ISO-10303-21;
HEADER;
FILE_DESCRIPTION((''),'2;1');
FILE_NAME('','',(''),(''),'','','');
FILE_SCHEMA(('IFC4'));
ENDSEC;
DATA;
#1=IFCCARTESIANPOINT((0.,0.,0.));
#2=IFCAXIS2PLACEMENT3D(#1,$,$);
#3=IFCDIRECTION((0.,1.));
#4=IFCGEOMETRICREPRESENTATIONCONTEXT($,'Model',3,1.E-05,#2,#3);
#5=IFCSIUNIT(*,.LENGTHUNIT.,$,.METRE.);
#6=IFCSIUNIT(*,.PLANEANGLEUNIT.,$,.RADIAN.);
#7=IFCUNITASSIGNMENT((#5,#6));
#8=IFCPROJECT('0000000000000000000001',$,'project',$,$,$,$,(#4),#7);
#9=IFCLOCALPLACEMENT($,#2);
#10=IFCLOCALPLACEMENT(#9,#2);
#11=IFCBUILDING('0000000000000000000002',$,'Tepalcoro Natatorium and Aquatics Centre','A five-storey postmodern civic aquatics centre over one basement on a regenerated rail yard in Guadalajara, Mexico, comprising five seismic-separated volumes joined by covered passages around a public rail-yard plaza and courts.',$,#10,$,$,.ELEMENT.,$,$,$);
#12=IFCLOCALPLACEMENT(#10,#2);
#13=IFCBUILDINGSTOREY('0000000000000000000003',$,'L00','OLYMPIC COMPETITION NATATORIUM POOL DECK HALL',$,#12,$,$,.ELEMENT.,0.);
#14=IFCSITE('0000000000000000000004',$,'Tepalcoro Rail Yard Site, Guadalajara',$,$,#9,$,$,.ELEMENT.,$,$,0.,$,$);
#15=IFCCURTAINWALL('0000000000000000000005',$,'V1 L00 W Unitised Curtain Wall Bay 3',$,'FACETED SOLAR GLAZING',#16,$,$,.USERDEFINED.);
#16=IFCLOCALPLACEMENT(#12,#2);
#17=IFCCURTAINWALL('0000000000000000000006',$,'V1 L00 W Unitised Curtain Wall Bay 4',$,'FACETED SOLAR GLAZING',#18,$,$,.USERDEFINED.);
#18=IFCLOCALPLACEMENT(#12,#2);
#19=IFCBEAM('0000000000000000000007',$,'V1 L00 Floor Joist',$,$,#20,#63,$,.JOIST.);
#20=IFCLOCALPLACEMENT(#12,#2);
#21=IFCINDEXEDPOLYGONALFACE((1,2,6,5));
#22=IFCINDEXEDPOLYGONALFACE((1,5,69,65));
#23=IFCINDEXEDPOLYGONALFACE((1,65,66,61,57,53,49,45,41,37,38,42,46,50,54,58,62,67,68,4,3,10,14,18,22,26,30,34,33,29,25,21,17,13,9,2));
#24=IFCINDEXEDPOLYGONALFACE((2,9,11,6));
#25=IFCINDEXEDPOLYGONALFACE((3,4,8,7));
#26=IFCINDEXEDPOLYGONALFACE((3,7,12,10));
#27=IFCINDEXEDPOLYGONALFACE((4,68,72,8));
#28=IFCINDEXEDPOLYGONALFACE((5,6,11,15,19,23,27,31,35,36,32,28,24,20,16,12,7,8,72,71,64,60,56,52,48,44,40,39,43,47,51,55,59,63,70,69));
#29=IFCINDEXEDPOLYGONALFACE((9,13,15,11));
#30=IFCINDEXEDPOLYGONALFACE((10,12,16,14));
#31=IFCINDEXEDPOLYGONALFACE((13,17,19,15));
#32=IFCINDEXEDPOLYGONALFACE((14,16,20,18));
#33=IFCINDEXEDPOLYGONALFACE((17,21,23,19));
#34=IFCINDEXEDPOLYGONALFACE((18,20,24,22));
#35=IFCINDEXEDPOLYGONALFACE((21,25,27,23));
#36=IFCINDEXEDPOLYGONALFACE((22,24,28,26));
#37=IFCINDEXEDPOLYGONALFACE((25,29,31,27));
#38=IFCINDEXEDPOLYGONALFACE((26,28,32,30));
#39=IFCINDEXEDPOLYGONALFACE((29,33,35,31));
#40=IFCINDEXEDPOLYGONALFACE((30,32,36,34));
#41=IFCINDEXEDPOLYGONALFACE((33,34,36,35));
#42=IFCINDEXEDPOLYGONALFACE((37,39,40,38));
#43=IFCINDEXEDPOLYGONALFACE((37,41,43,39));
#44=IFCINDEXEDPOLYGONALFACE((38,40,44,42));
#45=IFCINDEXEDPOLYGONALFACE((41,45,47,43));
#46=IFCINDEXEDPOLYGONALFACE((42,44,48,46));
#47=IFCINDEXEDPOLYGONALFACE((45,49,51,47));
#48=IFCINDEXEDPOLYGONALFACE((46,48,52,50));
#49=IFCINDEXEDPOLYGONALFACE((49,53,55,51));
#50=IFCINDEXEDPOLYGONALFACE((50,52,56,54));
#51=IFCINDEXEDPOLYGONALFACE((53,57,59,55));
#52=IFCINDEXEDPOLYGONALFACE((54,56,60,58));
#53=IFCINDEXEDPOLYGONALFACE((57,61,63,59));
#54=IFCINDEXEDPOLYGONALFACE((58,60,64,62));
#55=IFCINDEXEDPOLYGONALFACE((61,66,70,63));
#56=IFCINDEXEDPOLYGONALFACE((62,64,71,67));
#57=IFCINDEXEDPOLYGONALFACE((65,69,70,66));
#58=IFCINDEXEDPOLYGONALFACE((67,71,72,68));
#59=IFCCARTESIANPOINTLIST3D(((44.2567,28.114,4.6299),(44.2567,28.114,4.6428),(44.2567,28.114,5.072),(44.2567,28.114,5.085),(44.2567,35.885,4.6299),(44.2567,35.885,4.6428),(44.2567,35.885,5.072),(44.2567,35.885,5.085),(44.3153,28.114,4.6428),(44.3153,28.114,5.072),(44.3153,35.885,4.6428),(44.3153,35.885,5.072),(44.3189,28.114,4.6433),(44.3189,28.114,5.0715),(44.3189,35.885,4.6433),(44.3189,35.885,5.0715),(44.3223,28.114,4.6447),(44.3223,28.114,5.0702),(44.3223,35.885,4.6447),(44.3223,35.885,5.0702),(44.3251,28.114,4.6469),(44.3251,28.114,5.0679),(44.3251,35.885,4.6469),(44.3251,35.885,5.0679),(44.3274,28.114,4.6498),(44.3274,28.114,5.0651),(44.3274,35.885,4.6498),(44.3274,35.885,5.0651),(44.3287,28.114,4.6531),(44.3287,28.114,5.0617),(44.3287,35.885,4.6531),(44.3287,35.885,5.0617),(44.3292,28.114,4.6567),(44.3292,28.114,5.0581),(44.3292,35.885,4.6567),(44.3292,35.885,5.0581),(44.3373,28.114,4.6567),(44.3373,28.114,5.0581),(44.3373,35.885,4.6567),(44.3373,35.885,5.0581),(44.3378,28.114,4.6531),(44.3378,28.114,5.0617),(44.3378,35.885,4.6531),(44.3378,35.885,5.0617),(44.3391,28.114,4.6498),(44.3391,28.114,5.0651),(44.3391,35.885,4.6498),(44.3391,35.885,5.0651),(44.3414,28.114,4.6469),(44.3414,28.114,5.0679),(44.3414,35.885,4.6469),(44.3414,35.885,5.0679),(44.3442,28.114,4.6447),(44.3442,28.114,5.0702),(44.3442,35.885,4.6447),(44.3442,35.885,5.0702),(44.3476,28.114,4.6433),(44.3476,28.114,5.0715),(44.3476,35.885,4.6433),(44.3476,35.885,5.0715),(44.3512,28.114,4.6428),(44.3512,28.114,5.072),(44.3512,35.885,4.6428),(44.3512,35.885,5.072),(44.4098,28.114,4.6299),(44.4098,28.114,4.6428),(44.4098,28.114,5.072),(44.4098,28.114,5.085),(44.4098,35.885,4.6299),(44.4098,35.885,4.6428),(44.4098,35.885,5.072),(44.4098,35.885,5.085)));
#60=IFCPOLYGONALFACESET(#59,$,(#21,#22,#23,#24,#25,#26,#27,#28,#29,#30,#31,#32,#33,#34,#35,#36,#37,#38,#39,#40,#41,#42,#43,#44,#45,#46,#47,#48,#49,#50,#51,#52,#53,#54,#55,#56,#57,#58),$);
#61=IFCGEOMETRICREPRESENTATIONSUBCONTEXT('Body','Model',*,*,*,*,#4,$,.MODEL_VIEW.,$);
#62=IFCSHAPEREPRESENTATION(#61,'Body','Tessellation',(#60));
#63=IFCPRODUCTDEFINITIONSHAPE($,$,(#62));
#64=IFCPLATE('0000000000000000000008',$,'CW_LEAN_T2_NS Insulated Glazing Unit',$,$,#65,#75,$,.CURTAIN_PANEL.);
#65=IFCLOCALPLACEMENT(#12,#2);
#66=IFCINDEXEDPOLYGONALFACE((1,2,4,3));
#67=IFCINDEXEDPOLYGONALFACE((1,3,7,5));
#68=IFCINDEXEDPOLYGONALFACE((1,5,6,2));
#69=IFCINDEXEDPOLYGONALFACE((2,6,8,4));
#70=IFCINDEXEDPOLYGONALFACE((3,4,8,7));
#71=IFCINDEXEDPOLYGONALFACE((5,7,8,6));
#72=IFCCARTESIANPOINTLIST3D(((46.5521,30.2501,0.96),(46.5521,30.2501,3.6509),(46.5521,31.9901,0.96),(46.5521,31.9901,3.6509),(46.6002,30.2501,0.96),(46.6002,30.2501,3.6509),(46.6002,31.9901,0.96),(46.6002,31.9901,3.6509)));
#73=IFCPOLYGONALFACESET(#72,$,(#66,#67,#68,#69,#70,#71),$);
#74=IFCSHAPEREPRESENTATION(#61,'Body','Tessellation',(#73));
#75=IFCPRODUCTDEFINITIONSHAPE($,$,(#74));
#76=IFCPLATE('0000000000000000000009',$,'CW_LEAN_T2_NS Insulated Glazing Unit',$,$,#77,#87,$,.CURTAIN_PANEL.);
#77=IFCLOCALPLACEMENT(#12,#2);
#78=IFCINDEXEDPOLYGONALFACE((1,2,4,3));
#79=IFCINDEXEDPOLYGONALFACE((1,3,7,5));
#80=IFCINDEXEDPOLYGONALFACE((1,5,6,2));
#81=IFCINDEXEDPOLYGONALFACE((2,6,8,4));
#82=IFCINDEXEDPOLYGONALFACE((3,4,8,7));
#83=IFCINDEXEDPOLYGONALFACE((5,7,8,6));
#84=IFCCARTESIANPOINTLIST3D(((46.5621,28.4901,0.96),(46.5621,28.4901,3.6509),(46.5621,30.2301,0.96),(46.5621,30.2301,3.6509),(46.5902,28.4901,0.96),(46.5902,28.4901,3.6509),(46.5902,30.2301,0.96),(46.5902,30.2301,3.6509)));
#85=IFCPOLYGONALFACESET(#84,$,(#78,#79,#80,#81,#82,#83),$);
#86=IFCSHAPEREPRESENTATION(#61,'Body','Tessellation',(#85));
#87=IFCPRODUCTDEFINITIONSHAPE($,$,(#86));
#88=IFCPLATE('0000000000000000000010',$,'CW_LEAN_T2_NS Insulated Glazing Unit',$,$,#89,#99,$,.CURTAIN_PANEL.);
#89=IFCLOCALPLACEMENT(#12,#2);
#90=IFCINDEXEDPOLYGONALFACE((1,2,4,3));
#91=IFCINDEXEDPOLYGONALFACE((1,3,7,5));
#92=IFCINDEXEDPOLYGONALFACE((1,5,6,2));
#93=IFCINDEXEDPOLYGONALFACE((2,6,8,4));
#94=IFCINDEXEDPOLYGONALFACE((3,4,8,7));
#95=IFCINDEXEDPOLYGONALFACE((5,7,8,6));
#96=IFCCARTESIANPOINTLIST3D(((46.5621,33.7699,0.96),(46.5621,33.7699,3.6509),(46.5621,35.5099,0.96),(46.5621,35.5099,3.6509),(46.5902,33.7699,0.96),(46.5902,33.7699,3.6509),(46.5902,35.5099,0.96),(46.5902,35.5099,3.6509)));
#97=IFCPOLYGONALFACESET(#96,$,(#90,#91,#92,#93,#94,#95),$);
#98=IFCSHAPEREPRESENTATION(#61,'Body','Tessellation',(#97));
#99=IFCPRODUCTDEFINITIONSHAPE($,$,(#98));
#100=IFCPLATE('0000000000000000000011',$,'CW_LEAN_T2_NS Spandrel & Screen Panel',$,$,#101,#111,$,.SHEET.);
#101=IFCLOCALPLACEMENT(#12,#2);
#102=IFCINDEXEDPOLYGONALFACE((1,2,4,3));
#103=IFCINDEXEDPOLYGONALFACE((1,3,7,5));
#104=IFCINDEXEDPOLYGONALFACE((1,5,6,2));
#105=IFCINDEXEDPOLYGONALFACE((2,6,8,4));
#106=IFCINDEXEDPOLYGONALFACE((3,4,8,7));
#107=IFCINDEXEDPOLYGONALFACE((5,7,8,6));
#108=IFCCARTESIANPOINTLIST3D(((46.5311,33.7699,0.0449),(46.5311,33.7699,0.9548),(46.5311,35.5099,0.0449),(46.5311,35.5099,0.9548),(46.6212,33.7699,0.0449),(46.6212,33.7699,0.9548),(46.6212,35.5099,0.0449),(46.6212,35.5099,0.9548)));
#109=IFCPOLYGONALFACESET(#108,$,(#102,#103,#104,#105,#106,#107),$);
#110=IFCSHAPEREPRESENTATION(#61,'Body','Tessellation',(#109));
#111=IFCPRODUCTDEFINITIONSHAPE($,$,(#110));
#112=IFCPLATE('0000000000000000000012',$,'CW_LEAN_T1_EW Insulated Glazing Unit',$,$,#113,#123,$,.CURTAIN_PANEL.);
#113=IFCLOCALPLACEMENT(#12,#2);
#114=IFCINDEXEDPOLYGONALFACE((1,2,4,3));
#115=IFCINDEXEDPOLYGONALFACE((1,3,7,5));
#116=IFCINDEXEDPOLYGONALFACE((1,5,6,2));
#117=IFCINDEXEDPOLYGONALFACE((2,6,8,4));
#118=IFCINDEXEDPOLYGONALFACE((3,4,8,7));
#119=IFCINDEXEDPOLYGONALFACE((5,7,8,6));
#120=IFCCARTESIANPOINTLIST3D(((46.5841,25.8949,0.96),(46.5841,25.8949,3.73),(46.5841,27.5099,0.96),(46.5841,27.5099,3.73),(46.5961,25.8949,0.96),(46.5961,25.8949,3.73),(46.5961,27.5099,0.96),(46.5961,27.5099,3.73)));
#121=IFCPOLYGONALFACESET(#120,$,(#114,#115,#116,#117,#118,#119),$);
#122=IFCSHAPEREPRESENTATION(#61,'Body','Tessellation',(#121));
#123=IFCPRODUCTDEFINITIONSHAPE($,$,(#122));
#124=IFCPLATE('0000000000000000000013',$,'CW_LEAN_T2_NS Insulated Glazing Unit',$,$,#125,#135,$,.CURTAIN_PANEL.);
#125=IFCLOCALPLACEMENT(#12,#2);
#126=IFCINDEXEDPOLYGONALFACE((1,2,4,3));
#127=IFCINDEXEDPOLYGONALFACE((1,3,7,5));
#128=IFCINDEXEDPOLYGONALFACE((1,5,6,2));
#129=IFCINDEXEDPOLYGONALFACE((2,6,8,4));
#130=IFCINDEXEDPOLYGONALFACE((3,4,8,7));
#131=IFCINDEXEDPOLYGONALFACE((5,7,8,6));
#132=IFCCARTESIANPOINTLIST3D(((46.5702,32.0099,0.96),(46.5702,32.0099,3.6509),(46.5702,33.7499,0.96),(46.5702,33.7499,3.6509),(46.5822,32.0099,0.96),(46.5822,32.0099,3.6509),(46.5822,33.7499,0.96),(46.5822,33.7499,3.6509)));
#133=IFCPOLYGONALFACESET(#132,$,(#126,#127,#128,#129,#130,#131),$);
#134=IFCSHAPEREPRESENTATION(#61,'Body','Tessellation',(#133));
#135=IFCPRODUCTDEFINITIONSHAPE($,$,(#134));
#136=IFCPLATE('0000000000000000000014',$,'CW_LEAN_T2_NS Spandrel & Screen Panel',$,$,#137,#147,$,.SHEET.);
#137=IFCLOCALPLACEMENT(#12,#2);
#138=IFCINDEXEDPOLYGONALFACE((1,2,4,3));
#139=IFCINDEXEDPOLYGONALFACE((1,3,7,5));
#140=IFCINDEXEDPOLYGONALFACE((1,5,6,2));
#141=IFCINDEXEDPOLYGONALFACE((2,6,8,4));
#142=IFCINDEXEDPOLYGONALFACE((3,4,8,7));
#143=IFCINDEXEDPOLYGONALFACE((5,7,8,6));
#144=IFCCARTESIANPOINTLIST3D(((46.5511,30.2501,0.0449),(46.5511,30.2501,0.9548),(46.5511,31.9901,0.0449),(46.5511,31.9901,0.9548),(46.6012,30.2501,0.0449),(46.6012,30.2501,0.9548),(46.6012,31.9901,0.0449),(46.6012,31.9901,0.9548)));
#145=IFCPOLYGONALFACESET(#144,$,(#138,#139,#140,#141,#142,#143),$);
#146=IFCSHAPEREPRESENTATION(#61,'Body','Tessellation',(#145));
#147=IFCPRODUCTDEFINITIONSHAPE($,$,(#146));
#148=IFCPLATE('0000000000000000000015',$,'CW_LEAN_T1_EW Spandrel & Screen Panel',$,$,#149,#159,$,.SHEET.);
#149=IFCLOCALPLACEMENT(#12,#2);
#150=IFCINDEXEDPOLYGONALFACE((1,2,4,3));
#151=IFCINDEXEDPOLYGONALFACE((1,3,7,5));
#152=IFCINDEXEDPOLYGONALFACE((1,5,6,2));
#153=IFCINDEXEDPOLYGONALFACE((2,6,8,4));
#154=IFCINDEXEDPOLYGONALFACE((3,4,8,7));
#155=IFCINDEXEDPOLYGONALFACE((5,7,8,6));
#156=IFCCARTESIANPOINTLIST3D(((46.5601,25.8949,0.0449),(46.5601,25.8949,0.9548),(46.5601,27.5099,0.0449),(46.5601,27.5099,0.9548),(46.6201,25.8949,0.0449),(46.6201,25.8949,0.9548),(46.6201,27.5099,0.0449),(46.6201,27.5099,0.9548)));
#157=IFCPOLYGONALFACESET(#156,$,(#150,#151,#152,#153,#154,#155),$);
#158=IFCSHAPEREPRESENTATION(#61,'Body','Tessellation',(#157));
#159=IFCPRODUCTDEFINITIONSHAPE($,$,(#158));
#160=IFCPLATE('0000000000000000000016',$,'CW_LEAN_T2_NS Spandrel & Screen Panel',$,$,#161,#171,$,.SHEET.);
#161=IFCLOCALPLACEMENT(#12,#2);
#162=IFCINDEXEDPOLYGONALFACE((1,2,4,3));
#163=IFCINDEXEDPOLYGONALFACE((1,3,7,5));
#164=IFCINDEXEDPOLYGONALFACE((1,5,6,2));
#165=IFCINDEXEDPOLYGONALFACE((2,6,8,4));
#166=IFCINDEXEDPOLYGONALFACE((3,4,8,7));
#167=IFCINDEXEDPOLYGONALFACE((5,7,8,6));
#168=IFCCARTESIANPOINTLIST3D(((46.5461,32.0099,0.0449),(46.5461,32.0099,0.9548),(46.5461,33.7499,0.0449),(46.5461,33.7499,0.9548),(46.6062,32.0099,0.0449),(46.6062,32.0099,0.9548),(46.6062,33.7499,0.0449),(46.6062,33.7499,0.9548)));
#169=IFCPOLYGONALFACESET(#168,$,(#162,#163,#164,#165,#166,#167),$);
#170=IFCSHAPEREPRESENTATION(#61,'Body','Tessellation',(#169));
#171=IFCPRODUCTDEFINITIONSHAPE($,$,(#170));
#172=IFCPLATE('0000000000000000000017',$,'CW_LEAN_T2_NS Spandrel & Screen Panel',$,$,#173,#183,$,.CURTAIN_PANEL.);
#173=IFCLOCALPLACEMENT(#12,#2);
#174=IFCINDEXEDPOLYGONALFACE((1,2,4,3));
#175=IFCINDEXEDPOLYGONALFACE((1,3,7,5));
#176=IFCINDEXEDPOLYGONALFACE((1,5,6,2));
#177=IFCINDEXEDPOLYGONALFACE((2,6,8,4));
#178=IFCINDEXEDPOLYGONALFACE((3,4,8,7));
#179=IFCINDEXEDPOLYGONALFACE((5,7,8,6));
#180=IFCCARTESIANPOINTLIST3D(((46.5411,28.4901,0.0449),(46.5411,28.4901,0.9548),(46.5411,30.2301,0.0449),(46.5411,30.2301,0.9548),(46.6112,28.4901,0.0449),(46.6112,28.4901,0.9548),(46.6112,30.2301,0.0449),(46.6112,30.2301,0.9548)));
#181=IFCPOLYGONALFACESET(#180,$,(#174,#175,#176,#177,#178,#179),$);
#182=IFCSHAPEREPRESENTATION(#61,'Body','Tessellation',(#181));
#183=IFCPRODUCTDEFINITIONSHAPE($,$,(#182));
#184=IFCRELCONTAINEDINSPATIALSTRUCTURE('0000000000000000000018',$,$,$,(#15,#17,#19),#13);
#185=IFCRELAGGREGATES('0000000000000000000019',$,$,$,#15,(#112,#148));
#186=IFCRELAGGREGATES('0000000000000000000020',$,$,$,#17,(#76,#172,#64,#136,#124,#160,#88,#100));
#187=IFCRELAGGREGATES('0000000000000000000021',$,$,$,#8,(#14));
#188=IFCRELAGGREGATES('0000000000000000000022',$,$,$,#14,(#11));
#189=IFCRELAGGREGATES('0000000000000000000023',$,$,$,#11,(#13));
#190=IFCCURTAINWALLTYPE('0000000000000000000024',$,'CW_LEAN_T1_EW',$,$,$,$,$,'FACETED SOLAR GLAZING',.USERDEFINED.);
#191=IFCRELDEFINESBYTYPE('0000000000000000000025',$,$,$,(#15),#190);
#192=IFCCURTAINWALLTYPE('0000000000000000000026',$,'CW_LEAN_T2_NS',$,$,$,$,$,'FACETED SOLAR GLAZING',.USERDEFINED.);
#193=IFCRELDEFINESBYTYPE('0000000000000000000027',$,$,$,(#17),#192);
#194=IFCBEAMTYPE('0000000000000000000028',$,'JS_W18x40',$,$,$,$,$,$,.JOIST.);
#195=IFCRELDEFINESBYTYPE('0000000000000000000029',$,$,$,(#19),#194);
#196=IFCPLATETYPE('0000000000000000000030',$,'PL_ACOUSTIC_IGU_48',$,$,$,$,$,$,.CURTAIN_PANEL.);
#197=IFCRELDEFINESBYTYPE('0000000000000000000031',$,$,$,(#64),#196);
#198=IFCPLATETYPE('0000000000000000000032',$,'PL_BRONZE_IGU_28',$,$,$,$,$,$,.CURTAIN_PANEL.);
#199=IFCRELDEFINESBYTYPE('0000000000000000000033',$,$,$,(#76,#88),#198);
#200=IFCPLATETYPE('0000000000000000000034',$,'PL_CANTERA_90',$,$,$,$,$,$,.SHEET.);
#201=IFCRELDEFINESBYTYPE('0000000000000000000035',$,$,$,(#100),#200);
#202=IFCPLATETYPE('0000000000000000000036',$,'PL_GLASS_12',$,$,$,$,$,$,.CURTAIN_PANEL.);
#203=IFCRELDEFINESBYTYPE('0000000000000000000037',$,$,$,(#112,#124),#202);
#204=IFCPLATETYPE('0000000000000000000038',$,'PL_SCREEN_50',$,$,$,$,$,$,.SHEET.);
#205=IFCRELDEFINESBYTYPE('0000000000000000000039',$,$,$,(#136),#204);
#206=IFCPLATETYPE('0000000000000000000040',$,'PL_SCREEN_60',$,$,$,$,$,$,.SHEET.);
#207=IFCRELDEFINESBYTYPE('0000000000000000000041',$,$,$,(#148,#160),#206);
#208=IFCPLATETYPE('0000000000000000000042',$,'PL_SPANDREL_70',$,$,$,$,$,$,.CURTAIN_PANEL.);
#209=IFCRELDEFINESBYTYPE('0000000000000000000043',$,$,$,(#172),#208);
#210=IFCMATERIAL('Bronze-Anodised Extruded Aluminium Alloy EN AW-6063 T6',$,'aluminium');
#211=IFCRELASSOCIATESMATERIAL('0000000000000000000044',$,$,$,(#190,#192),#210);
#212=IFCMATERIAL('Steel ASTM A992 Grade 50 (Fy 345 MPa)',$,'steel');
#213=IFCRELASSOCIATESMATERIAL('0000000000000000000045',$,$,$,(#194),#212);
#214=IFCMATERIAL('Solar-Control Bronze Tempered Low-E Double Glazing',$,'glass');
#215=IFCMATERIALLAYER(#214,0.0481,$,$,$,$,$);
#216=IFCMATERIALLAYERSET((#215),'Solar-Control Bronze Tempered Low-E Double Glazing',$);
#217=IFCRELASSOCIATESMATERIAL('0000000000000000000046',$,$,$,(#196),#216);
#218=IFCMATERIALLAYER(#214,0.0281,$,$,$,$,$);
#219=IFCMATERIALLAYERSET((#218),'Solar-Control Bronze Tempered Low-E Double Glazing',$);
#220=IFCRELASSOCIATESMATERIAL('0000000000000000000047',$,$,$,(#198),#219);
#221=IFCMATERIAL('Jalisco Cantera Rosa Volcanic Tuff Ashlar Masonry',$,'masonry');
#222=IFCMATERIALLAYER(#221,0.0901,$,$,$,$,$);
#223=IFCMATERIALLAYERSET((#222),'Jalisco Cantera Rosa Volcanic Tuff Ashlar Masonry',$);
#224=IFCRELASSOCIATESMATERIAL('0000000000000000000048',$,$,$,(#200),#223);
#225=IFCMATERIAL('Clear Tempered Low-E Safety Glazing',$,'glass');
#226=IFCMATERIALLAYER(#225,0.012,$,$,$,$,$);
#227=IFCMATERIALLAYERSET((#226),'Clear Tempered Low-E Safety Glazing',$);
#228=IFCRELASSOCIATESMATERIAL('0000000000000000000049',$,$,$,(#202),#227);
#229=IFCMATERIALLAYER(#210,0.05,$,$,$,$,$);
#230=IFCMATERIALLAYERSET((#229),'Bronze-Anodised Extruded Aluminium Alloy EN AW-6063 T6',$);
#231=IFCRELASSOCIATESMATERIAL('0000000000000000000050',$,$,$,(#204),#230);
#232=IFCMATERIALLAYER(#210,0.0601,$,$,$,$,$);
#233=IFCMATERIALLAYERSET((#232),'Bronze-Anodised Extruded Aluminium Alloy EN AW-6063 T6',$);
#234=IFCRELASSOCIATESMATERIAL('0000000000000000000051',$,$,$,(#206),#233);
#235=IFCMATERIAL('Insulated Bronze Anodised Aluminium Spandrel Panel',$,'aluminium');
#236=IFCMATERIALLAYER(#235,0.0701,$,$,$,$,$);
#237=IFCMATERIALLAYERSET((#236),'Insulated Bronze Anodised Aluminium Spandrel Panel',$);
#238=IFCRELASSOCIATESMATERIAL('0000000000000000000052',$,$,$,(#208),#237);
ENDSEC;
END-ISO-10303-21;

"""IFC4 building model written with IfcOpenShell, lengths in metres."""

from ifc_helpers import new_model, si_unit, direction, frame, origin, origin_2d, place, context, subcontext, project, spatial, rectangle, i_section, extrude, material, layer, layer_set, material_profile, profile_set, type_object, element, aggregate, save


model = new_model("IFC4")

# Units and contexts
model_context = context("Model", 3, precision=1e-05, world=origin(), true_north=direction((0.0, 1.0)))
body_context = subcontext(model_context, "Body", "Model", "MODEL_VIEW")
ifc_project = project(units=[si_unit("LENGTHUNIT", "METRE"), si_unit("PLANEANGLEUNIT", "RADIAN")], contexts=[model_context])

# Site, building, storey
site_placement = place(None, origin())
site = spatial("IfcSite", under=ifc_project, at=site_placement, Name="Tepalcoro Rail Yard Site, Guadalajara", CompositionType="ELEMENT", RefElevation=0.0)
building_placement = place(site_placement, origin())
building = spatial("IfcBuilding", under=site, at=building_placement, Name="Tepalcoro Natatorium and Aquatics Centre", Description="A five-storey postmodern civic aquatics centre over one basement on a regenerated rail yard in Guadalajara, Mexico, comprising five seismic-separated volumes joined by covered passages around a public rail-yard plaza and courts.", CompositionType="ELEMENT")
storey_placement = place(building_placement, origin())
storey = spatial("IfcBuildingStorey", under=building, at=storey_placement, Name="L00", Description="OLYMPIC COMPETITION NATATORIUM POOL DECK HALL", CompositionType="ELEMENT", Elevation=0.0)

# Shared definitions
ifc_material_1 = material(Name="Steel ASTM A992 Grade 50 (Fy 345 MPa)", Category="steel")

# Curtain walls
ifc_material_2 = material(Name="Bronze-Anodised Extruded Aluminium Alloy EN AW-6063 T6", Category="aluminium")
curtain_wall_type_1 = type_object("IfcCurtainWallType", Name="CW_LEAN_T1_EW", ElementType="FACETED SOLAR GLAZING", PredefinedType="USERDEFINED", material=ifc_material_2)
curtain_wall_1_placement = place(storey_placement, origin())
curtain_wall_1 = element("IfcCurtainWall", 1, at=curtain_wall_1_placement, inside=storey, type_object=curtain_wall_type_1, Name="V1 L00 W Unitised Curtain Wall Bay 3", ObjectType="FACETED SOLAR GLAZING", PredefinedType="USERDEFINED")
curtain_wall_type_2 = type_object("IfcCurtainWallType", Name="CW_LEAN_T2_NS", ElementType="FACETED SOLAR GLAZING", PredefinedType="USERDEFINED", material=ifc_material_2)
curtain_wall_2_placement = place(storey_placement, origin())
curtain_wall_2 = element("IfcCurtainWall", 2, at=curtain_wall_2_placement, inside=storey, type_object=curtain_wall_type_2, Name="V1 L00 W Unitised Curtain Wall Bay 4", ObjectType="FACETED SOLAR GLAZING", PredefinedType="USERDEFINED")

# Beam
ifc_material_profile_1 = material_profile(ifc_material_1, i_section(OverallWidth=0.1531, OverallDepth=0.4551, WebThickness=0.0081, FlangeThickness=0.0129, FilletRadius=0.0139, at=origin_2d()), Name="W18X40")
ifc_profile_set_1 = profile_set([ifc_material_profile_1], Name="Steel ASTM A992 Grade 50 (Fy 345 MPa)")
beam_type_1 = type_object("IfcBeamType", Name="JS_W18x40", PredefinedType="JOIST", material=ifc_profile_set_1)
beam_1_placement = place(storey_placement, frame((44.3333, 28.114, 4.8574), z_axis=(0.0, 1.0, 0.0), x_axis=(-1.0, 0.0, 0.0)))
element("IfcBeam", 3, at=beam_1_placement, inside=storey, type_object=beam_type_1, Name="V1 L00 Floor Joist", PredefinedType="JOIST", context=body_context, shape_type="SweptSolid", body=[
    extrude(i_section(OverallWidth=0.1531, OverallDepth=0.4551, WebThickness=0.0081, FlangeThickness=0.0129, FilletRadius=0.0139, at=origin_2d()), origin(), (0.0, 0.0, 1.0), 7.771),
])

# Plates
ifc_material_3 = material(Name="Solar-Control Bronze Tempered Low-E Double Glazing", Category="glass")
ifc_layer_1 = layer(ifc_material_3, 0.0481)
ifc_layer_set_1 = layer_set([ifc_layer_1], Name="Solar-Control Bronze Tempered Low-E Double Glazing")
plate_type_1 = type_object("IfcPlateType", Name="PL_ACOUSTIC_IGU_48", PredefinedType="CURTAIN_PANEL", material=ifc_layer_set_1)
plate_1_placement = place(storey_placement, frame((46.5762, 31.1201, 0.96), z_axis=(0.0, 0.0, 1.0), x_axis=(1.0, 0.0, 0.0)))
plate_1 = element("IfcPlate", 4, at=plate_1_placement, type_object=plate_type_1, Name="CW_LEAN_T2_NS Insulated Glazing Unit", PredefinedType="CURTAIN_PANEL", context=body_context, shape_type="SweptSolid", body=[
    extrude(rectangle(XDim=0.0481, YDim=1.74, at=origin_2d()), origin(), (0.0, 0.0, 1.0), 2.6909),
])
ifc_layer_2 = layer(ifc_material_3, 0.0281)
ifc_layer_set_2 = layer_set([ifc_layer_2], Name="Solar-Control Bronze Tempered Low-E Double Glazing")
plate_type_2 = type_object("IfcPlateType", Name="PL_BRONZE_IGU_28", PredefinedType="CURTAIN_PANEL", material=ifc_layer_set_2)
plate_2_placement = place(storey_placement, frame((46.5762, 29.3601, 0.96), z_axis=(0.0, 0.0, 1.0), x_axis=(1.0, 0.0, 0.0)))
plate_2 = element("IfcPlate", 5, at=plate_2_placement, type_object=plate_type_2, Name="CW_LEAN_T2_NS Insulated Glazing Unit", PredefinedType="CURTAIN_PANEL", context=body_context, shape_type="SweptSolid", body=[
    extrude(rectangle(XDim=0.0281, YDim=1.74, at=origin_2d()), origin(), (0.0, 0.0, 1.0), 2.6909),
])
plate_3_placement = place(storey_placement, frame((46.5762, 34.6399, 0.96), z_axis=(0.0, 0.0, 1.0), x_axis=(1.0, 0.0, 0.0)))
plate_3 = element("IfcPlate", 6, at=plate_3_placement, type_object=plate_type_2, Name="CW_LEAN_T2_NS Insulated Glazing Unit", PredefinedType="CURTAIN_PANEL", context=body_context, shape_type="SweptSolid", body=[
    extrude(rectangle(XDim=0.0281, YDim=1.74, at=origin_2d()), origin(), (0.0, 0.0, 1.0), 2.6909),
])
ifc_material_4 = material(Name="Jalisco Cantera Rosa Volcanic Tuff Ashlar Masonry", Category="masonry")
ifc_layer_3 = layer(ifc_material_4, 0.0901)
ifc_layer_set_3 = layer_set([ifc_layer_3], Name="Jalisco Cantera Rosa Volcanic Tuff Ashlar Masonry")
plate_type_3 = type_object("IfcPlateType", Name="PL_CANTERA_90", PredefinedType="SHEET", material=ifc_layer_set_3)
plate_4_placement = place(storey_placement, frame((46.5762, 34.6399, 0.0449), z_axis=(0.0, 0.0, 1.0), x_axis=(1.0, 0.0, 0.0)))
plate_4 = element("IfcPlate", 7, at=plate_4_placement, type_object=plate_type_3, Name="CW_LEAN_T2_NS Spandrel & Screen Panel", PredefinedType="SHEET", context=body_context, shape_type="SweptSolid", body=[
    extrude(rectangle(XDim=0.0901, YDim=1.74, at=origin_2d()), origin(), (0.0, 0.0, 1.0), 0.9099),
])
ifc_material_5 = material(Name="Clear Tempered Low-E Safety Glazing", Category="glass")
ifc_layer_4 = layer(ifc_material_5, 0.012)
ifc_layer_set_4 = layer_set([ifc_layer_4], Name="Clear Tempered Low-E Safety Glazing")
plate_type_4 = type_object("IfcPlateType", Name="PL_GLASS_12", PredefinedType="CURTAIN_PANEL", material=ifc_layer_set_4)
plate_5_placement = place(storey_placement, frame((46.5901, 26.7024, 0.96), z_axis=(0.0, 0.0, 1.0), x_axis=(1.0, 0.0, 0.0)))
plate_5 = element("IfcPlate", 8, at=plate_5_placement, type_object=plate_type_4, Name="CW_LEAN_T1_EW Insulated Glazing Unit", PredefinedType="CURTAIN_PANEL", context=body_context, shape_type="SweptSolid", body=[
    extrude(rectangle(XDim=0.012, YDim=1.615, at=origin_2d()), origin(), (0.0, 0.0, 1.0), 2.77),
])
plate_6_placement = place(storey_placement, frame((46.5762, 32.8799, 0.96), z_axis=(0.0, 0.0, 1.0), x_axis=(1.0, 0.0, 0.0)))
plate_6 = element("IfcPlate", 9, at=plate_6_placement, type_object=plate_type_4, Name="CW_LEAN_T2_NS Insulated Glazing Unit", PredefinedType="CURTAIN_PANEL", context=body_context, shape_type="SweptSolid", body=[
    extrude(rectangle(XDim=0.012, YDim=1.74, at=origin_2d()), origin(), (0.0, 0.0, 1.0), 2.6909),
])
ifc_layer_5 = layer(ifc_material_2, 0.05)
ifc_layer_set_5 = layer_set([ifc_layer_5], Name="Bronze-Anodised Extruded Aluminium Alloy EN AW-6063 T6")
plate_type_5 = type_object("IfcPlateType", Name="PL_SCREEN_50", PredefinedType="SHEET", material=ifc_layer_set_5)
plate_7_placement = place(storey_placement, frame((46.5762, 31.1201, 0.0449), z_axis=(0.0, 0.0, 1.0), x_axis=(1.0, 0.0, 0.0)))
plate_7 = element("IfcPlate", 10, at=plate_7_placement, type_object=plate_type_5, Name="CW_LEAN_T2_NS Spandrel & Screen Panel", PredefinedType="SHEET", context=body_context, shape_type="SweptSolid", body=[
    extrude(rectangle(XDim=0.05, YDim=1.74, at=origin_2d()), origin(), (0.0, 0.0, 1.0), 0.9099),
])
ifc_layer_6 = layer(ifc_material_2, 0.0601)
ifc_layer_set_6 = layer_set([ifc_layer_6], Name="Bronze-Anodised Extruded Aluminium Alloy EN AW-6063 T6")
plate_type_6 = type_object("IfcPlateType", Name="PL_SCREEN_60", PredefinedType="SHEET", material=ifc_layer_set_6)
plate_8_placement = place(storey_placement, frame((46.5901, 26.7024, 0.0449), z_axis=(0.0, 0.0, 1.0), x_axis=(1.0, 0.0, 0.0)))
plate_8 = element("IfcPlate", 11, at=plate_8_placement, type_object=plate_type_6, Name="CW_LEAN_T1_EW Spandrel & Screen Panel", PredefinedType="SHEET", context=body_context, shape_type="SweptSolid", body=[
    extrude(rectangle(XDim=0.0601, YDim=1.615, at=origin_2d()), origin(), (0.0, 0.0, 1.0), 0.9099),
])
aggregate(curtain_wall_1, [plate_5, plate_8])
plate_9_placement = place(storey_placement, frame((46.5762, 32.8799, 0.0449), z_axis=(0.0, 0.0, 1.0), x_axis=(1.0, 0.0, 0.0)))
plate_9 = element("IfcPlate", 12, at=plate_9_placement, type_object=plate_type_6, Name="CW_LEAN_T2_NS Spandrel & Screen Panel", PredefinedType="SHEET", context=body_context, shape_type="SweptSolid", body=[
    extrude(rectangle(XDim=0.0601, YDim=1.74, at=origin_2d()), origin(), (0.0, 0.0, 1.0), 0.9099),
])
ifc_material_6 = material(Name="Insulated Bronze Anodised Aluminium Spandrel Panel", Category="aluminium")
ifc_layer_7 = layer(ifc_material_6, 0.0701)
ifc_layer_set_7 = layer_set([ifc_layer_7], Name="Insulated Bronze Anodised Aluminium Spandrel Panel")
plate_type_7 = type_object("IfcPlateType", Name="PL_SPANDREL_70", PredefinedType="CURTAIN_PANEL", material=ifc_layer_set_7)
plate_10_placement = place(storey_placement, frame((46.5762, 29.3601, 0.0449), z_axis=(0.0, 0.0, 1.0), x_axis=(1.0, 0.0, 0.0)))
plate_10 = element("IfcPlate", 13, at=plate_10_placement, type_object=plate_type_7, Name="CW_LEAN_T2_NS Spandrel & Screen Panel", PredefinedType="CURTAIN_PANEL", context=body_context, shape_type="SweptSolid", body=[
    extrude(rectangle(XDim=0.0701, YDim=1.74, at=origin_2d()), origin(), (0.0, 0.0, 1.0), 0.9099),
])
aggregate(curtain_wall_2, [plate_2, plate_10, plate_1, plate_7, plate_6, plate_9, plate_3, plate_4])

save(model, "model.ifc")
